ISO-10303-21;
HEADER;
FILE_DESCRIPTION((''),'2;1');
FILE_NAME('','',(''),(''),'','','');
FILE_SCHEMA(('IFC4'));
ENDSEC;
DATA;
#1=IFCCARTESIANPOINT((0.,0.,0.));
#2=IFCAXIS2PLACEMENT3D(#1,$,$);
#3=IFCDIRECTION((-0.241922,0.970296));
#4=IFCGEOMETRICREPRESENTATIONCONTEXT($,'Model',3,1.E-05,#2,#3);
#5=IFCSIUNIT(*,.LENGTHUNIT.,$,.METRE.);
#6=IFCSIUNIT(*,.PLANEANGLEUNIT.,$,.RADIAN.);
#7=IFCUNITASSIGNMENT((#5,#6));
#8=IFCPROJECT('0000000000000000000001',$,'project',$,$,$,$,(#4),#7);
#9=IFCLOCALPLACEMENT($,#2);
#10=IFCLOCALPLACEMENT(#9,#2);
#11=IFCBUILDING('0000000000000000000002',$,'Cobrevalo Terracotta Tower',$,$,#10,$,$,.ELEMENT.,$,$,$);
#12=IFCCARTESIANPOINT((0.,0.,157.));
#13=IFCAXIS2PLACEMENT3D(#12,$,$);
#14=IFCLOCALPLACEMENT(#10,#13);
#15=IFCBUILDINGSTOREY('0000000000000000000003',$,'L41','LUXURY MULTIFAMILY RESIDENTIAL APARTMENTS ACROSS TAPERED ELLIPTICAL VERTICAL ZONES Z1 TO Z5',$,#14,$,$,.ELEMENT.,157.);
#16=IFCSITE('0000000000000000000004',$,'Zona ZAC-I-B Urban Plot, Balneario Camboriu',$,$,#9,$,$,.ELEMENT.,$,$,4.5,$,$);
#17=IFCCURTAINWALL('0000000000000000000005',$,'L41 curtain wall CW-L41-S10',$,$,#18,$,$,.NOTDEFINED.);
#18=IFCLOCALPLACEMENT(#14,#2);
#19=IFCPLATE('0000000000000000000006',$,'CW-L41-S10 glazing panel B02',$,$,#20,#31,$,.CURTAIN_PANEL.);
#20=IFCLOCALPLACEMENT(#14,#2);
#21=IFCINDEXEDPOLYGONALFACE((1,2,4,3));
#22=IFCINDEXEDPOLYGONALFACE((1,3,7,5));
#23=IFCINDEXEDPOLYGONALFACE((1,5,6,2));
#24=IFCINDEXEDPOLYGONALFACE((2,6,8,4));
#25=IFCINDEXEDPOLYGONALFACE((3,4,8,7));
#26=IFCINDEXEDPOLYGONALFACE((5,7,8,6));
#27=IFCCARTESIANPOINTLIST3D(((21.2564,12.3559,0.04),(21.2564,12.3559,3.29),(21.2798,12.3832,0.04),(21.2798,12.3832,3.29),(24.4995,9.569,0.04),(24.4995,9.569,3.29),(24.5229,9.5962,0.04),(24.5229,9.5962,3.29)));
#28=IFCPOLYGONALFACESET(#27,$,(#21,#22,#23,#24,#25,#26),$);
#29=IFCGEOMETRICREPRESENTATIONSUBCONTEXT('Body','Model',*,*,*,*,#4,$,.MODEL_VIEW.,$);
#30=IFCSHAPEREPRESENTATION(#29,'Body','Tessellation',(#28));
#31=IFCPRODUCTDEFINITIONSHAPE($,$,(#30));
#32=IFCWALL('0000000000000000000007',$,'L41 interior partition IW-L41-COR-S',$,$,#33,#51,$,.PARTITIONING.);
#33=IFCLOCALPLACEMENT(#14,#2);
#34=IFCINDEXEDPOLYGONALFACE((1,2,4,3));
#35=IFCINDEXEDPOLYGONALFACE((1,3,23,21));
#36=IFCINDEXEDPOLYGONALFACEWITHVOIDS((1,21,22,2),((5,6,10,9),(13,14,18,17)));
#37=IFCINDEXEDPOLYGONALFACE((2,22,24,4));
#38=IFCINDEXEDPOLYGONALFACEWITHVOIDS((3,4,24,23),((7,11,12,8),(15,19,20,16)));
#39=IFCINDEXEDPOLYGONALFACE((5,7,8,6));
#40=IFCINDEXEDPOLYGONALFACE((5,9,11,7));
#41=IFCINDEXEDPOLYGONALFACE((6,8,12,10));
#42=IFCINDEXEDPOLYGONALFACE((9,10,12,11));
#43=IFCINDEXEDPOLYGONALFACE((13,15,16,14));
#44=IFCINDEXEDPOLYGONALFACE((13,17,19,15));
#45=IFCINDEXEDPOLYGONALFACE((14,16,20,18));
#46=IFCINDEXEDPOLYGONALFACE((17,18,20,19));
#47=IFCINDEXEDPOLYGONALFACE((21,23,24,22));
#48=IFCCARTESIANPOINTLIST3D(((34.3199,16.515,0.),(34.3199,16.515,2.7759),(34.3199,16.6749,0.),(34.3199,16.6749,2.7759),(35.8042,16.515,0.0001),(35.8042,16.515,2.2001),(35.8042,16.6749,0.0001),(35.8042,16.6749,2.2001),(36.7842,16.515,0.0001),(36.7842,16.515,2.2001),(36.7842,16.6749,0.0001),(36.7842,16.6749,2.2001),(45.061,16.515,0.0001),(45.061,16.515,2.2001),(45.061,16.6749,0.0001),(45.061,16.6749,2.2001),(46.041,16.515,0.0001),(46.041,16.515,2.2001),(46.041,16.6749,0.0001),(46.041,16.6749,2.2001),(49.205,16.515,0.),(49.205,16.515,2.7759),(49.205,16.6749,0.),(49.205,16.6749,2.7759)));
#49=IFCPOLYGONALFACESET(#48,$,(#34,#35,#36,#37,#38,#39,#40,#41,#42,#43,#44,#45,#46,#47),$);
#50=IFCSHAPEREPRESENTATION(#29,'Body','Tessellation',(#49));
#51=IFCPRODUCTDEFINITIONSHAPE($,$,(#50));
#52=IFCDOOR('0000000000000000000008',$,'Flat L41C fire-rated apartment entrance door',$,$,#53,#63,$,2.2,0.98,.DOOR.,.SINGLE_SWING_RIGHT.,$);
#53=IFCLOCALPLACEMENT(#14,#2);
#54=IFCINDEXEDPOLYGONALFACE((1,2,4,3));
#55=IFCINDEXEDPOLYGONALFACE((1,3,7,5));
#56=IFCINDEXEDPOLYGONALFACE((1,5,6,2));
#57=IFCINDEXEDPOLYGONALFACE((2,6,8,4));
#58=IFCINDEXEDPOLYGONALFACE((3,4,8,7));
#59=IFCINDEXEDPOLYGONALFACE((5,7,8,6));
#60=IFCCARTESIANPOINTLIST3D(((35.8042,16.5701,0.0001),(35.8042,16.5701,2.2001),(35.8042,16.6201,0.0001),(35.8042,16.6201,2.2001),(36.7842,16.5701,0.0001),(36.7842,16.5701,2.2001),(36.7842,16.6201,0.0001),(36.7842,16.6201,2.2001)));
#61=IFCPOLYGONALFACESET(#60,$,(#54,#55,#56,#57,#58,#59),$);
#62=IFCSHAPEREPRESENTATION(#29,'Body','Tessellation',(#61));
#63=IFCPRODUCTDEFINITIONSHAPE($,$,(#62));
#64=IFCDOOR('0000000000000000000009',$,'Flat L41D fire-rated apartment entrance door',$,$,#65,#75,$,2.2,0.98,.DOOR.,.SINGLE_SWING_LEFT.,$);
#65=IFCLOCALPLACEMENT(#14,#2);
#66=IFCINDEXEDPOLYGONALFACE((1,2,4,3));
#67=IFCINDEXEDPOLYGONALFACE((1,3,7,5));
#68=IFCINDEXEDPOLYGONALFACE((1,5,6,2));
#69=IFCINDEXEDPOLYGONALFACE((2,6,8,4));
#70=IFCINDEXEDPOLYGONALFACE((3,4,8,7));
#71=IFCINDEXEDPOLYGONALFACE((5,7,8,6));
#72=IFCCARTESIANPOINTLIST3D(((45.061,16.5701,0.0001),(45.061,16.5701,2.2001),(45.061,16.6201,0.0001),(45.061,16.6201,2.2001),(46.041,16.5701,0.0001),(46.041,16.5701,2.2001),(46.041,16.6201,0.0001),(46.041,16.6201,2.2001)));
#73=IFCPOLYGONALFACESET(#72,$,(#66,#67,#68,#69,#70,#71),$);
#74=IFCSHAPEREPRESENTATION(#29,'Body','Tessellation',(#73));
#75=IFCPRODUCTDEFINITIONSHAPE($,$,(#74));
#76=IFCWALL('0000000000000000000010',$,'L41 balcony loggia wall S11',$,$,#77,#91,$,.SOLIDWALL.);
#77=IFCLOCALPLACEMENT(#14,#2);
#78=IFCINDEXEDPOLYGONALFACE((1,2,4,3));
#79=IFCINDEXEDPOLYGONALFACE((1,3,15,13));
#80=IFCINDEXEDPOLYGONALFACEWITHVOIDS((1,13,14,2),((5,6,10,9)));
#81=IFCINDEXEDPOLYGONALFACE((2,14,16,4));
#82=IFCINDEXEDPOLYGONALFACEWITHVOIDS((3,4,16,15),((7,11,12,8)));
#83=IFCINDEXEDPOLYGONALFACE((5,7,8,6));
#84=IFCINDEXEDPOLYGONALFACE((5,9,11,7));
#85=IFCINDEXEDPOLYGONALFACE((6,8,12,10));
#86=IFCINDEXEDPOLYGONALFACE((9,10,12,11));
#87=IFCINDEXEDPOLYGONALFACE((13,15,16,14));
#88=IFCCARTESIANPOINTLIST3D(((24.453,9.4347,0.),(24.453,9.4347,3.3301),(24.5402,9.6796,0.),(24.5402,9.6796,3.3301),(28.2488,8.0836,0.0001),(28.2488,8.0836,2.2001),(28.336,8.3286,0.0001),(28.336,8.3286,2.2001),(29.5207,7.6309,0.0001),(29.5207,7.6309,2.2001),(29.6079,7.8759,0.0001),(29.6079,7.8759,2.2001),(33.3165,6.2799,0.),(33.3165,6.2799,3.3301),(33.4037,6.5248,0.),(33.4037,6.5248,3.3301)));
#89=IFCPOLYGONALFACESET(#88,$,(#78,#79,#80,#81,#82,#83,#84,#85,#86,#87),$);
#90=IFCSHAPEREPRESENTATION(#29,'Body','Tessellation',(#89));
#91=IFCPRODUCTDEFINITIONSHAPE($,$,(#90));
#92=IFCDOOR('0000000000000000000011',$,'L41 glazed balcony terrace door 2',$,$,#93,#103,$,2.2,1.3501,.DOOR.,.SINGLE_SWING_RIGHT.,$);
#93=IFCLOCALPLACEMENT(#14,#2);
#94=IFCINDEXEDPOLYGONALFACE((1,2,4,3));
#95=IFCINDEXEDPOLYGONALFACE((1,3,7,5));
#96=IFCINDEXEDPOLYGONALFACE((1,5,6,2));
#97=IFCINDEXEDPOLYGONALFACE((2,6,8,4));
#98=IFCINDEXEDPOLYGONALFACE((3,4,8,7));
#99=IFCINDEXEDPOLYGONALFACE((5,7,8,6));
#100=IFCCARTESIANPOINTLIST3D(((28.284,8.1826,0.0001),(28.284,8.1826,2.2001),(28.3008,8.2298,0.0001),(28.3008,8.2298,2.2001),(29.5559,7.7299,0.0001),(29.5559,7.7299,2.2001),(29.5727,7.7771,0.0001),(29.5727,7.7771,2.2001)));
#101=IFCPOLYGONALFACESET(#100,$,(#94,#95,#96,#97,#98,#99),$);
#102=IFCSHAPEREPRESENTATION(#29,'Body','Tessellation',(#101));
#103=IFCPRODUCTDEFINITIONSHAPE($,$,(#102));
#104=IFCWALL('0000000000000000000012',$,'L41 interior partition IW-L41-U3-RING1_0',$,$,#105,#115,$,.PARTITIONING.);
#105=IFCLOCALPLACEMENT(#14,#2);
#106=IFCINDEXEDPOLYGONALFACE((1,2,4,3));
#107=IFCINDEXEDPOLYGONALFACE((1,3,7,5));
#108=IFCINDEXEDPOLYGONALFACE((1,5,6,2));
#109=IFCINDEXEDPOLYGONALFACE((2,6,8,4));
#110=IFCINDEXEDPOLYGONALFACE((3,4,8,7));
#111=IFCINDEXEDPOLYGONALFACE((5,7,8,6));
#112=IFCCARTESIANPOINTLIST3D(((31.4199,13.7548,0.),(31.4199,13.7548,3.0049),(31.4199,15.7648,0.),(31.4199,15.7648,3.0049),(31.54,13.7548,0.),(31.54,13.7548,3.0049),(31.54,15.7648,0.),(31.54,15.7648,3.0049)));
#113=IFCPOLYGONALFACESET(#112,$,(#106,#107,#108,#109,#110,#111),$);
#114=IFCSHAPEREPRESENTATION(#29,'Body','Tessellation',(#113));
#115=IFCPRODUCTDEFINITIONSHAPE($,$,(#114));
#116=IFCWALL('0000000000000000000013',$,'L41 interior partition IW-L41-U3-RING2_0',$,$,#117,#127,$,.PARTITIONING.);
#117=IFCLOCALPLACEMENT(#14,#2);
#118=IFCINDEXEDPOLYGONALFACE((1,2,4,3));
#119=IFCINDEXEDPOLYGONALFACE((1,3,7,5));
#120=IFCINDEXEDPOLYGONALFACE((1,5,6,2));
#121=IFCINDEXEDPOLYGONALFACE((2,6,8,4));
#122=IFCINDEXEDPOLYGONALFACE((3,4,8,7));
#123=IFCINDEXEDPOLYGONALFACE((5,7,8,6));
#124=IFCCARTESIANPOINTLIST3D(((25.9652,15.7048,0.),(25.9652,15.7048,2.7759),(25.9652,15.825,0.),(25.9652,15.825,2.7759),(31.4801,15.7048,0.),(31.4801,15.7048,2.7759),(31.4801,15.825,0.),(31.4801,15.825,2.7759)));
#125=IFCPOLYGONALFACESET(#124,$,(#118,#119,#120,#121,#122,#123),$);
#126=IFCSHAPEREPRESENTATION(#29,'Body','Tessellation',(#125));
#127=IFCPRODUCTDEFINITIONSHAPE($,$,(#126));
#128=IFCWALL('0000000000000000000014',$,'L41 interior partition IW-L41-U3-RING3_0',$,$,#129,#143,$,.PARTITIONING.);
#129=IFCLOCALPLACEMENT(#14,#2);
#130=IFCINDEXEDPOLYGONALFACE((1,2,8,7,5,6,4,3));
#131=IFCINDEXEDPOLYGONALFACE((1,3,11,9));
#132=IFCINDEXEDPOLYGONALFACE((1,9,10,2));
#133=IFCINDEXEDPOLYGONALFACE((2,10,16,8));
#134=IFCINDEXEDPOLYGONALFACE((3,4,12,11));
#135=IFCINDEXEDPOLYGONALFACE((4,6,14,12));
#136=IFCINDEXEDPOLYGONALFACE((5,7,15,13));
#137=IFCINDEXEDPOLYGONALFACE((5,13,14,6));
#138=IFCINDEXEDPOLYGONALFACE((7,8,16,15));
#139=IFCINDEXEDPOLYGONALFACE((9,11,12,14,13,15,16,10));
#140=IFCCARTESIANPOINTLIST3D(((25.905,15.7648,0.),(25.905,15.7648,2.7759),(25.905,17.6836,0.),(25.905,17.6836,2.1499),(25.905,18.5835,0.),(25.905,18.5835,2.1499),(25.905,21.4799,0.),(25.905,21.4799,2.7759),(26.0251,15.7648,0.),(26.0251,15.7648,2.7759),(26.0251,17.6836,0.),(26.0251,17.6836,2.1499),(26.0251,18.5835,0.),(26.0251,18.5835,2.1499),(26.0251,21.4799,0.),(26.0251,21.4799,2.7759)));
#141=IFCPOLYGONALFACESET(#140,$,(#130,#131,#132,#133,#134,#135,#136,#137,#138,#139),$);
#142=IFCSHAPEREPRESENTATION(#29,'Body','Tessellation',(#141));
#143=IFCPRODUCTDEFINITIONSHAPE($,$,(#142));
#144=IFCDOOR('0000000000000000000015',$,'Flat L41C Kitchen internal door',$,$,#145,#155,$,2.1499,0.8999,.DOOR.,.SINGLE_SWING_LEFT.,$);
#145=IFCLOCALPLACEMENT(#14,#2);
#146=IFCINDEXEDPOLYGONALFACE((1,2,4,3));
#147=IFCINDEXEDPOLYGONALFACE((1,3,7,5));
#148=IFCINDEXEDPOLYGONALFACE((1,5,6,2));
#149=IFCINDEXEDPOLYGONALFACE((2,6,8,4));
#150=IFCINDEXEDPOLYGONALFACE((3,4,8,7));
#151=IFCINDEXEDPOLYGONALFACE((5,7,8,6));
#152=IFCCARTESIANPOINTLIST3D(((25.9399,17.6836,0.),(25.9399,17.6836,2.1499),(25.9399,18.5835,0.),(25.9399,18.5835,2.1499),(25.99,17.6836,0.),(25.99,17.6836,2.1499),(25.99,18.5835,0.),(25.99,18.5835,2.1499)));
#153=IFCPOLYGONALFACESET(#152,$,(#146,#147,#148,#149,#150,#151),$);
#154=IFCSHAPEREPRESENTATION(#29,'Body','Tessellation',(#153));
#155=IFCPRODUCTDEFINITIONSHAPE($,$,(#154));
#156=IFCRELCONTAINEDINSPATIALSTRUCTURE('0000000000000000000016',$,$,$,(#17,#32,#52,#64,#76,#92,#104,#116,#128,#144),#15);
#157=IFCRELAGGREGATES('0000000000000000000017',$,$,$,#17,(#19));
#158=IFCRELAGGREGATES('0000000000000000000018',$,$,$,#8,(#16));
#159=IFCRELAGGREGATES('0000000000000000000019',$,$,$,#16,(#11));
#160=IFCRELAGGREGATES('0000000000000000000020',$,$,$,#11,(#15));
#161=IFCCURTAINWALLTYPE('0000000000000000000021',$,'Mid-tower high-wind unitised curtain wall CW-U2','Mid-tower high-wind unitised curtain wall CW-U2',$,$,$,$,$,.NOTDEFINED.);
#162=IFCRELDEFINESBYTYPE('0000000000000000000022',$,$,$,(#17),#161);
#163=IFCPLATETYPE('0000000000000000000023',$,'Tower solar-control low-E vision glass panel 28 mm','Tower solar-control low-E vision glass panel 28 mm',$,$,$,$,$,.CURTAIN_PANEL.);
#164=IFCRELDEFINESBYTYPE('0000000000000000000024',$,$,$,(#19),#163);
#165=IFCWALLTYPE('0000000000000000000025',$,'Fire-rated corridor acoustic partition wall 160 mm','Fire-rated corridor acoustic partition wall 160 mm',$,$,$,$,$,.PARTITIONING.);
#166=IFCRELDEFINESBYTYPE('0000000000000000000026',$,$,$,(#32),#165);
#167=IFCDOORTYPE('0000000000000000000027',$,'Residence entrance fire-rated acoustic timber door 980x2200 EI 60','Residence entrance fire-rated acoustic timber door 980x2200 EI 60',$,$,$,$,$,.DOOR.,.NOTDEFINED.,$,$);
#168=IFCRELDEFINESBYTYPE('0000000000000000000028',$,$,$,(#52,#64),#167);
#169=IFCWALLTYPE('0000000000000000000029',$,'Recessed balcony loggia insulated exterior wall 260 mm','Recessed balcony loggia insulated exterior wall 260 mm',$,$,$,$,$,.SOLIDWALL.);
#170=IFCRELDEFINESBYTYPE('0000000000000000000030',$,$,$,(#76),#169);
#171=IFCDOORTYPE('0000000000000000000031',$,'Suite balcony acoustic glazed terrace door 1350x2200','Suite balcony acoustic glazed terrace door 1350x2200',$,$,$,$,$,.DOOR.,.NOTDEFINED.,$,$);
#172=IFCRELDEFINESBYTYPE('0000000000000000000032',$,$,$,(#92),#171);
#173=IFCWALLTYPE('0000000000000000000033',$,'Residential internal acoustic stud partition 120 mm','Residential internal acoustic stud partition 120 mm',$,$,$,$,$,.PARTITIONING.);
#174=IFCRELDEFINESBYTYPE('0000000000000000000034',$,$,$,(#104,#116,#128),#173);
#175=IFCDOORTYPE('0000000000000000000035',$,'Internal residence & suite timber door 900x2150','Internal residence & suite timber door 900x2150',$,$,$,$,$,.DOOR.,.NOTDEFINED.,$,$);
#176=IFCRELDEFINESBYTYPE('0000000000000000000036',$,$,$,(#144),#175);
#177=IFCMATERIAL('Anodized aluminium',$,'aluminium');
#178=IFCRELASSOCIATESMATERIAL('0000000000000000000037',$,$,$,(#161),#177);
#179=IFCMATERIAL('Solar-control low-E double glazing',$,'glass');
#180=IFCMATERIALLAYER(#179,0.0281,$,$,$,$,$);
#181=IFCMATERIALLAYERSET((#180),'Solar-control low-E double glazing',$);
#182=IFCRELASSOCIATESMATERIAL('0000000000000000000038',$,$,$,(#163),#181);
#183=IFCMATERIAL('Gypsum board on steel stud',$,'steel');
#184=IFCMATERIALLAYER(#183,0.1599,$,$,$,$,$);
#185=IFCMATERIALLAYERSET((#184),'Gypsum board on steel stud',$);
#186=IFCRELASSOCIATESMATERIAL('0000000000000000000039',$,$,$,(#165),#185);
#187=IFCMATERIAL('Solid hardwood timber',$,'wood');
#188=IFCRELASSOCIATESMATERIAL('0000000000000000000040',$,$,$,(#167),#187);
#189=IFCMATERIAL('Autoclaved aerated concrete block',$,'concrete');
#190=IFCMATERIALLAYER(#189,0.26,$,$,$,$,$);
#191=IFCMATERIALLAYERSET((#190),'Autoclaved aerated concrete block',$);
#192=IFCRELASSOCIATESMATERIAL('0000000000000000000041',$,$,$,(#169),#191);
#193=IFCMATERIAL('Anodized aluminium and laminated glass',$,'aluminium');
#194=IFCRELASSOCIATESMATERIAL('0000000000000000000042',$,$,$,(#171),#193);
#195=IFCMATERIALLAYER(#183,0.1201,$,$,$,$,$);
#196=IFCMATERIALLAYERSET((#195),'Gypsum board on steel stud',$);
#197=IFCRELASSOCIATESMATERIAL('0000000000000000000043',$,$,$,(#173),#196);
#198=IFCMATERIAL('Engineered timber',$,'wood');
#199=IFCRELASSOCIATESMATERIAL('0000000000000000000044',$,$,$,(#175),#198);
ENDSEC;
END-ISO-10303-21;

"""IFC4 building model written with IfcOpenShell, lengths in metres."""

from ifc_helpers import new_model, si_unit, direction, frame, frame_2d, origin, origin_2d, place, context, subcontext, project, spatial, rectangle, extrude, source, transform, mapped, material, layer, layer_set, type_object, element, fill, aggregate, save


model = new_model("IFC4")

# Units and contexts
model_context = context("Model", 3, precision=1e-05, world=origin(), true_north=direction((-0.241922, 0.970296)))
body_context = subcontext(model_context, "Body", "Model", "MODEL_VIEW")
ifc_project = project(units=[si_unit("LENGTHUNIT", "METRE"), si_unit("PLANEANGLEUNIT", "RADIAN")], contexts=[model_context])

# Site, building, storey
site_placement = place(None, origin())
site = spatial("IfcSite", under=ifc_project, at=site_placement, Name="Zona ZAC-I-B Urban Plot, Balneario Camboriu", CompositionType="ELEMENT", RefElevation=4.5)
building_placement = place(site_placement, origin())
building = spatial("IfcBuilding", under=site, at=building_placement, Name="Cobrevalo Terracotta Tower", CompositionType="ELEMENT")
storey_placement = place(building_placement, frame((0.0, 0.0, 157.0)))
storey = spatial("IfcBuildingStorey", under=building, at=storey_placement, Name="L41", Description="LUXURY MULTIFAMILY RESIDENTIAL APARTMENTS ACROSS TAPERED ELLIPTICAL VERTICAL ZONES Z1 TO Z5", CompositionType="ELEMENT", Elevation=157.0)

# Curtain wall
ifc_material_1 = material(Name="Anodized aluminium", Category="aluminium")
curtain_wall_type = type_object("IfcCurtainWallType", Name="Mid-tower high-wind unitised curtain wall CW-U2", Description="Mid-tower high-wind unitised curtain wall CW-U2", PredefinedType="NOTDEFINED", material=ifc_material_1)
curtain_wall_1_placement = place(storey_placement, origin())
curtain_wall_1 = element("IfcCurtainWall", 1, at=curtain_wall_1_placement, inside=storey, type_object=curtain_wall_type, Name="L41 curtain wall CW-L41-S10", PredefinedType="NOTDEFINED")

# Plate
ifc_material_2 = material(Name="Solar-control low-E double glazing", Category="glass")
ifc_layer_1 = layer(ifc_material_2, 0.0281)
ifc_layer_set_1 = layer_set([ifc_layer_1], Name="Solar-control low-E double glazing")
plate_type = type_object("IfcPlateType", Name="Tower solar-control low-E vision glass panel 28 mm", Description="Tower solar-control low-E vision glass panel 28 mm", PredefinedType="CURTAIN_PANEL", material=ifc_layer_set_1)
shared_shape_1 = source(origin(), body_context, "Body", "SweptSolid", [
    extrude(rectangle(XDim=4.2761, YDim=0.0359, at=origin_2d()), origin(), (0.0, 0.0, 1.0), 3.25),
])
plate_placement = place(storey_placement, frame((22.8896, 10.9761, 0.04), z_axis=(0.0, 0.0, 1.0), x_axis=(0.758437, -0.651746, 0.0)))
plate = element("IfcPlate", 2, at=plate_placement, type_object=plate_type, Name="CW-L41-S10 glazing panel B02", PredefinedType="CURTAIN_PANEL", context=body_context, shape_type="MappedRepresentation", body=[
    mapped(shared_shape_1, transform((0.0, 0.0, 0.0), scale=1.0)),
])
aggregate(curtain_wall_1, [plate])

# Wall, openings, doors
ifc_material_3 = material(Name="Gypsum board on steel stud", Category="steel")
ifc_layer_2 = layer(ifc_material_3, 0.1599)
ifc_layer_set_2 = layer_set([ifc_layer_2], Name="Gypsum board on steel stud")
wall_type_1 = type_object("IfcWallType", Name="Fire-rated corridor acoustic partition wall 160 mm", Description="Fire-rated corridor acoustic partition wall 160 mm", PredefinedType="PARTITIONING", material=ifc_layer_set_2)
wall_1_placement = place(storey_placement, frame((34.3201, 16.595, 0.0), z_axis=(0.0, 0.0, 1.0), x_axis=(1.0, 0.0, 0.0)))
wall_1 = element("IfcWall", 3, at=wall_1_placement, inside=storey, type_object=wall_type_1, Name="L41 interior partition IW-L41-COR-S", PredefinedType="PARTITIONING", context=body_context, shape_type="SweptSolid", body=[
    extrude(rectangle(XDim=14.885, YDim=0.1599, at=frame_2d((7.4424, 0.0))), origin(), (0.0, 0.0, 1.0), 2.7759),
])
opening_1_placement = place(wall_1_placement, frame((1.4841, 0.0, 0.0)))
opening_1 = element("IfcOpeningElement", 4, at=opening_1_placement, cuts=wall_1, PredefinedType="OPENING", context=body_context, shape_type="SweptSolid", body=[
    extrude(rectangle(XDim=0.98, YDim=2.2, at=frame_2d((0.49, 1.1001))), frame((0.0, 0.0898, 0.0), z_axis=(0.0, -1.0, 0.0), x_axis=(1.0, 0.0, 0.0)), (0.0, 0.0, 1.0), 0.1799),
])
opening_2_placement = place(wall_1_placement, frame((10.741, 0.0, 0.0)))
opening_2 = element("IfcOpeningElement", 5, at=opening_2_placement, cuts=wall_1, PredefinedType="OPENING", context=body_context, shape_type="SweptSolid", body=[
    extrude(rectangle(XDim=0.98, YDim=2.2, at=frame_2d((0.49, 1.1001))), frame((0.0, 0.0898, 0.0), z_axis=(0.0, -1.0, 0.0), x_axis=(1.0, 0.0, 0.0)), (0.0, 0.0, 1.0), 0.1799),
])
ifc_material_4 = material(Name="Solid hardwood timber", Category="wood")
door_type_1 = type_object("IfcDoorType", Name="Residence entrance fire-rated acoustic timber door 980x2200 EI 60", Description="Residence entrance fire-rated acoustic timber door 980x2200 EI 60", OperationType="NOTDEFINED", PredefinedType="DOOR", material=ifc_material_4)
shared_shape_2 = source(origin(), body_context, "Body", "SweptSolid", [
    extrude(rectangle(XDim=0.98, YDim=2.2, at=frame_2d((0.49, 1.1001))), frame((0.0, 0.0249, 0.0), z_axis=(0.0, -1.0, 0.0), x_axis=(1.0, 0.0, 0.0)), (0.0, 0.0, 1.0), 0.05),
])
door_1_placement = place(opening_1_placement, frame((0.98, 0.0, 0.0), z_axis=(0.0, 0.0, 1.0), x_axis=(-1.0, 0.0, 0.0)))
door_1 = element("IfcDoor", 6, at=door_1_placement, inside=storey, type_object=door_type_1, Name="Flat L41C fire-rated apartment entrance door", OperationType="SINGLE_SWING_RIGHT", OverallHeight=2.2, OverallWidth=0.98, PredefinedType="DOOR", context=body_context, shape_type="MappedRepresentation", body=[
    mapped(shared_shape_2, transform((0.0, 0.0, 0.0), scale=1.0)),
])
fill(opening_1, door_1)
door_2_placement = place(opening_2_placement, frame((0.98, 0.0, 0.0), z_axis=(0.0, 0.0, 1.0), x_axis=(-1.0, 0.0, 0.0)))
door_2 = element("IfcDoor", 7, at=door_2_placement, inside=storey, type_object=door_type_1, Name="Flat L41D fire-rated apartment entrance door", OperationType="SINGLE_SWING_LEFT", OverallHeight=2.2, OverallWidth=0.98, PredefinedType="DOOR", context=body_context, shape_type="MappedRepresentation", body=[
    mapped(shared_shape_2, transform((0.0, 0.0, 0.0), scale=1.0)),
])
fill(opening_2, door_2)

# Wall, opening, door
ifc_material_5 = material(Name="Autoclaved aerated concrete block", Category="concrete")
ifc_layer_3 = layer(ifc_material_5, 0.26)
ifc_layer_set_3 = layer_set([ifc_layer_3], Name="Autoclaved aerated concrete block")
wall_type_2 = type_object("IfcWallType", Name="Recessed balcony loggia insulated exterior wall 260 mm", Description="Recessed balcony loggia insulated exterior wall 260 mm", PredefinedType="SOLIDWALL", material=ifc_layer_set_3)
wall_2_placement = place(storey_placement, frame((24.4966, 9.5571, 0.0), z_axis=(0.0, 0.0, 1.0), x_axis=(0.942104, -0.335322, 0.0)))
wall_2 = element("IfcWall", 8, at=wall_2_placement, inside=storey, type_object=wall_type_2, Name="L41 balcony loggia wall S11", PredefinedType="SOLIDWALL", context=body_context, shape_type="SweptSolid", body=[
    extrude(rectangle(XDim=9.4082, YDim=0.26, at=frame_2d((4.7041, 0.0))), origin(), (0.0, 0.0, 1.0), 3.3301),
])
opening_3_placement = place(wall_2_placement, frame((4.0291, 0.0, 0.0)))
opening_3 = element("IfcOpeningElement", 9, at=opening_3_placement, cuts=wall_2, PredefinedType="OPENING", context=body_context, shape_type="SweptSolid", body=[
    extrude(rectangle(XDim=1.3501, YDim=2.2, at=frame_2d((0.675, 1.1001))), frame((0.0, 0.1401, 0.0), z_axis=(0.0, -1.0, 0.0), x_axis=(1.0, 0.0, 0.0)), (0.0, 0.0, 1.0), 0.28),
])
ifc_material_6 = material(Name="Anodized aluminium and laminated glass", Category="aluminium")
door_type_2 = type_object("IfcDoorType", Name="Suite balcony acoustic glazed terrace door 1350x2200", Description="Suite balcony acoustic glazed terrace door 1350x2200", OperationType="NOTDEFINED", PredefinedType="DOOR", material=ifc_material_6)
shared_shape_3 = source(origin(), body_context, "Body", "SweptSolid", [
    extrude(rectangle(XDim=1.3501, YDim=2.2, at=frame_2d((0.675, 1.1001))), frame((0.0, 0.0249, 0.0), z_axis=(0.0, -1.0, 0.0), x_axis=(1.0, 0.0, 0.0)), (0.0, 0.0, 1.0), 0.05),
])
door_3_placement = place(opening_3_placement, frame((1.3501, 0.0, 0.0), z_axis=(0.0, 0.0, 1.0), x_axis=(-1.0, 0.0, 0.0)))
door_3 = element("IfcDoor", 10, at=door_3_placement, inside=storey, type_object=door_type_2, Name="L41 glazed balcony terrace door 2", OperationType="SINGLE_SWING_RIGHT", OverallHeight=2.2, OverallWidth=1.3501, PredefinedType="DOOR", context=body_context, shape_type="MappedRepresentation", body=[
    mapped(shared_shape_3, transform((0.0, 0.0, 0.0), scale=1.0)),
])
fill(opening_3, door_3)

# Walls
ifc_layer_4 = layer(ifc_material_3, 0.1201)
ifc_layer_set_4 = layer_set([ifc_layer_4], Name="Gypsum board on steel stud")
wall_type_3 = type_object("IfcWallType", Name="Residential internal acoustic stud partition 120 mm", Description="Residential internal acoustic stud partition 120 mm", PredefinedType="PARTITIONING", material=ifc_layer_set_4)
wall_3_placement = place(storey_placement, frame((31.48, 13.7549, 0.0), z_axis=(0.0, 0.0, 1.0), x_axis=(0.0, 1.0, 0.0)))
element("IfcWall", 11, at=wall_3_placement, inside=storey, type_object=wall_type_3, Name="L41 interior partition IW-L41-U3-RING1_0", PredefinedType="PARTITIONING", context=body_context, shape_type="SweptSolid", body=[
    extrude(rectangle(XDim=2.01, YDim=0.1201, at=frame_2d((1.0049, 0.0))), origin(), (0.0, 0.0, 1.0), 3.0049),
])
wall_4_placement = place(storey_placement, frame((31.48, 15.7649, 0.0), z_axis=(0.0, 0.0, 1.0), x_axis=(-1.0, 0.0, 0.0)))
element("IfcWall", 12, at=wall_4_placement, inside=storey, type_object=wall_type_3, Name="L41 interior partition IW-L41-U3-RING2_0", PredefinedType="PARTITIONING", context=body_context, shape_type="SweptSolid", body=[
    extrude(rectangle(XDim=5.5149, YDim=0.1201, at=frame_2d((2.7573, 0.0))), origin(), (0.0, 0.0, 1.0), 2.7759),
])

# Wall, opening, door
wall_5_placement = place(storey_placement, frame((25.9651, 15.7649, 0.0), z_axis=(0.0, 0.0, 1.0), x_axis=(0.0, 1.0, 0.0)))
wall_5 = element("IfcWall", 13, at=wall_5_placement, inside=storey, type_object=wall_type_3, Name="L41 interior partition IW-L41-U3-RING3_0", PredefinedType="PARTITIONING", context=body_context, shape_type="SweptSolid", body=[
    extrude(rectangle(XDim=5.7151, YDim=0.1201, at=frame_2d((2.8574, 0.0))), origin(), (0.0, 0.0, 1.0), 2.7759),
])
opening_4_placement = place(wall_5_placement, frame((1.9187, 0.0, 0.0)))
opening_4 = element("IfcOpeningElement", 14, at=opening_4_placement, cuts=wall_5, PredefinedType="OPENING", context=body_context, shape_type="SweptSolid", body=[
    extrude(rectangle(XDim=0.8999, YDim=2.1499, at=frame_2d((0.45, 1.075))), frame((0.0, 0.0701, 0.0), z_axis=(0.0, -1.0, 0.0), x_axis=(1.0, 0.0, 0.0)), (0.0, 0.0, 1.0), 0.1401),
])
ifc_material_7 = material(Name="Engineered timber", Category="wood")
door_type_3 = type_object("IfcDoorType", Name="Internal residence & suite timber door 900x2150", Description="Internal residence & suite timber door 900x2150", OperationType="NOTDEFINED", PredefinedType="DOOR", material=ifc_material_7)
shared_shape_4 = source(origin(), body_context, "Body", "SweptSolid", [
    extrude(rectangle(XDim=0.8999, YDim=2.1499, at=frame_2d((0.45, 1.075))), frame((0.0, 0.0249, 0.0), z_axis=(0.0, -1.0, 0.0), x_axis=(1.0, 0.0, 0.0)), (0.0, 0.0, 1.0), 0.05),
])
door_4_placement = place(opening_4_placement, frame((0.8999, 0.0, 0.0), z_axis=(0.0, 0.0, 1.0), x_axis=(-1.0, 0.0, 0.0)))
door_4 = element("IfcDoor", 15, at=door_4_placement, inside=storey, type_object=door_type_3, Name="Flat L41C Kitchen internal door", OperationType="SINGLE_SWING_LEFT", OverallHeight=2.1499, OverallWidth=0.8999, PredefinedType="DOOR", context=body_context, shape_type="MappedRepresentation", body=[
    mapped(shared_shape_4, transform((0.0, 0.0, 0.0), scale=1.0)),
])
fill(opening_4, door_4)

save(model, "model.ifc")
